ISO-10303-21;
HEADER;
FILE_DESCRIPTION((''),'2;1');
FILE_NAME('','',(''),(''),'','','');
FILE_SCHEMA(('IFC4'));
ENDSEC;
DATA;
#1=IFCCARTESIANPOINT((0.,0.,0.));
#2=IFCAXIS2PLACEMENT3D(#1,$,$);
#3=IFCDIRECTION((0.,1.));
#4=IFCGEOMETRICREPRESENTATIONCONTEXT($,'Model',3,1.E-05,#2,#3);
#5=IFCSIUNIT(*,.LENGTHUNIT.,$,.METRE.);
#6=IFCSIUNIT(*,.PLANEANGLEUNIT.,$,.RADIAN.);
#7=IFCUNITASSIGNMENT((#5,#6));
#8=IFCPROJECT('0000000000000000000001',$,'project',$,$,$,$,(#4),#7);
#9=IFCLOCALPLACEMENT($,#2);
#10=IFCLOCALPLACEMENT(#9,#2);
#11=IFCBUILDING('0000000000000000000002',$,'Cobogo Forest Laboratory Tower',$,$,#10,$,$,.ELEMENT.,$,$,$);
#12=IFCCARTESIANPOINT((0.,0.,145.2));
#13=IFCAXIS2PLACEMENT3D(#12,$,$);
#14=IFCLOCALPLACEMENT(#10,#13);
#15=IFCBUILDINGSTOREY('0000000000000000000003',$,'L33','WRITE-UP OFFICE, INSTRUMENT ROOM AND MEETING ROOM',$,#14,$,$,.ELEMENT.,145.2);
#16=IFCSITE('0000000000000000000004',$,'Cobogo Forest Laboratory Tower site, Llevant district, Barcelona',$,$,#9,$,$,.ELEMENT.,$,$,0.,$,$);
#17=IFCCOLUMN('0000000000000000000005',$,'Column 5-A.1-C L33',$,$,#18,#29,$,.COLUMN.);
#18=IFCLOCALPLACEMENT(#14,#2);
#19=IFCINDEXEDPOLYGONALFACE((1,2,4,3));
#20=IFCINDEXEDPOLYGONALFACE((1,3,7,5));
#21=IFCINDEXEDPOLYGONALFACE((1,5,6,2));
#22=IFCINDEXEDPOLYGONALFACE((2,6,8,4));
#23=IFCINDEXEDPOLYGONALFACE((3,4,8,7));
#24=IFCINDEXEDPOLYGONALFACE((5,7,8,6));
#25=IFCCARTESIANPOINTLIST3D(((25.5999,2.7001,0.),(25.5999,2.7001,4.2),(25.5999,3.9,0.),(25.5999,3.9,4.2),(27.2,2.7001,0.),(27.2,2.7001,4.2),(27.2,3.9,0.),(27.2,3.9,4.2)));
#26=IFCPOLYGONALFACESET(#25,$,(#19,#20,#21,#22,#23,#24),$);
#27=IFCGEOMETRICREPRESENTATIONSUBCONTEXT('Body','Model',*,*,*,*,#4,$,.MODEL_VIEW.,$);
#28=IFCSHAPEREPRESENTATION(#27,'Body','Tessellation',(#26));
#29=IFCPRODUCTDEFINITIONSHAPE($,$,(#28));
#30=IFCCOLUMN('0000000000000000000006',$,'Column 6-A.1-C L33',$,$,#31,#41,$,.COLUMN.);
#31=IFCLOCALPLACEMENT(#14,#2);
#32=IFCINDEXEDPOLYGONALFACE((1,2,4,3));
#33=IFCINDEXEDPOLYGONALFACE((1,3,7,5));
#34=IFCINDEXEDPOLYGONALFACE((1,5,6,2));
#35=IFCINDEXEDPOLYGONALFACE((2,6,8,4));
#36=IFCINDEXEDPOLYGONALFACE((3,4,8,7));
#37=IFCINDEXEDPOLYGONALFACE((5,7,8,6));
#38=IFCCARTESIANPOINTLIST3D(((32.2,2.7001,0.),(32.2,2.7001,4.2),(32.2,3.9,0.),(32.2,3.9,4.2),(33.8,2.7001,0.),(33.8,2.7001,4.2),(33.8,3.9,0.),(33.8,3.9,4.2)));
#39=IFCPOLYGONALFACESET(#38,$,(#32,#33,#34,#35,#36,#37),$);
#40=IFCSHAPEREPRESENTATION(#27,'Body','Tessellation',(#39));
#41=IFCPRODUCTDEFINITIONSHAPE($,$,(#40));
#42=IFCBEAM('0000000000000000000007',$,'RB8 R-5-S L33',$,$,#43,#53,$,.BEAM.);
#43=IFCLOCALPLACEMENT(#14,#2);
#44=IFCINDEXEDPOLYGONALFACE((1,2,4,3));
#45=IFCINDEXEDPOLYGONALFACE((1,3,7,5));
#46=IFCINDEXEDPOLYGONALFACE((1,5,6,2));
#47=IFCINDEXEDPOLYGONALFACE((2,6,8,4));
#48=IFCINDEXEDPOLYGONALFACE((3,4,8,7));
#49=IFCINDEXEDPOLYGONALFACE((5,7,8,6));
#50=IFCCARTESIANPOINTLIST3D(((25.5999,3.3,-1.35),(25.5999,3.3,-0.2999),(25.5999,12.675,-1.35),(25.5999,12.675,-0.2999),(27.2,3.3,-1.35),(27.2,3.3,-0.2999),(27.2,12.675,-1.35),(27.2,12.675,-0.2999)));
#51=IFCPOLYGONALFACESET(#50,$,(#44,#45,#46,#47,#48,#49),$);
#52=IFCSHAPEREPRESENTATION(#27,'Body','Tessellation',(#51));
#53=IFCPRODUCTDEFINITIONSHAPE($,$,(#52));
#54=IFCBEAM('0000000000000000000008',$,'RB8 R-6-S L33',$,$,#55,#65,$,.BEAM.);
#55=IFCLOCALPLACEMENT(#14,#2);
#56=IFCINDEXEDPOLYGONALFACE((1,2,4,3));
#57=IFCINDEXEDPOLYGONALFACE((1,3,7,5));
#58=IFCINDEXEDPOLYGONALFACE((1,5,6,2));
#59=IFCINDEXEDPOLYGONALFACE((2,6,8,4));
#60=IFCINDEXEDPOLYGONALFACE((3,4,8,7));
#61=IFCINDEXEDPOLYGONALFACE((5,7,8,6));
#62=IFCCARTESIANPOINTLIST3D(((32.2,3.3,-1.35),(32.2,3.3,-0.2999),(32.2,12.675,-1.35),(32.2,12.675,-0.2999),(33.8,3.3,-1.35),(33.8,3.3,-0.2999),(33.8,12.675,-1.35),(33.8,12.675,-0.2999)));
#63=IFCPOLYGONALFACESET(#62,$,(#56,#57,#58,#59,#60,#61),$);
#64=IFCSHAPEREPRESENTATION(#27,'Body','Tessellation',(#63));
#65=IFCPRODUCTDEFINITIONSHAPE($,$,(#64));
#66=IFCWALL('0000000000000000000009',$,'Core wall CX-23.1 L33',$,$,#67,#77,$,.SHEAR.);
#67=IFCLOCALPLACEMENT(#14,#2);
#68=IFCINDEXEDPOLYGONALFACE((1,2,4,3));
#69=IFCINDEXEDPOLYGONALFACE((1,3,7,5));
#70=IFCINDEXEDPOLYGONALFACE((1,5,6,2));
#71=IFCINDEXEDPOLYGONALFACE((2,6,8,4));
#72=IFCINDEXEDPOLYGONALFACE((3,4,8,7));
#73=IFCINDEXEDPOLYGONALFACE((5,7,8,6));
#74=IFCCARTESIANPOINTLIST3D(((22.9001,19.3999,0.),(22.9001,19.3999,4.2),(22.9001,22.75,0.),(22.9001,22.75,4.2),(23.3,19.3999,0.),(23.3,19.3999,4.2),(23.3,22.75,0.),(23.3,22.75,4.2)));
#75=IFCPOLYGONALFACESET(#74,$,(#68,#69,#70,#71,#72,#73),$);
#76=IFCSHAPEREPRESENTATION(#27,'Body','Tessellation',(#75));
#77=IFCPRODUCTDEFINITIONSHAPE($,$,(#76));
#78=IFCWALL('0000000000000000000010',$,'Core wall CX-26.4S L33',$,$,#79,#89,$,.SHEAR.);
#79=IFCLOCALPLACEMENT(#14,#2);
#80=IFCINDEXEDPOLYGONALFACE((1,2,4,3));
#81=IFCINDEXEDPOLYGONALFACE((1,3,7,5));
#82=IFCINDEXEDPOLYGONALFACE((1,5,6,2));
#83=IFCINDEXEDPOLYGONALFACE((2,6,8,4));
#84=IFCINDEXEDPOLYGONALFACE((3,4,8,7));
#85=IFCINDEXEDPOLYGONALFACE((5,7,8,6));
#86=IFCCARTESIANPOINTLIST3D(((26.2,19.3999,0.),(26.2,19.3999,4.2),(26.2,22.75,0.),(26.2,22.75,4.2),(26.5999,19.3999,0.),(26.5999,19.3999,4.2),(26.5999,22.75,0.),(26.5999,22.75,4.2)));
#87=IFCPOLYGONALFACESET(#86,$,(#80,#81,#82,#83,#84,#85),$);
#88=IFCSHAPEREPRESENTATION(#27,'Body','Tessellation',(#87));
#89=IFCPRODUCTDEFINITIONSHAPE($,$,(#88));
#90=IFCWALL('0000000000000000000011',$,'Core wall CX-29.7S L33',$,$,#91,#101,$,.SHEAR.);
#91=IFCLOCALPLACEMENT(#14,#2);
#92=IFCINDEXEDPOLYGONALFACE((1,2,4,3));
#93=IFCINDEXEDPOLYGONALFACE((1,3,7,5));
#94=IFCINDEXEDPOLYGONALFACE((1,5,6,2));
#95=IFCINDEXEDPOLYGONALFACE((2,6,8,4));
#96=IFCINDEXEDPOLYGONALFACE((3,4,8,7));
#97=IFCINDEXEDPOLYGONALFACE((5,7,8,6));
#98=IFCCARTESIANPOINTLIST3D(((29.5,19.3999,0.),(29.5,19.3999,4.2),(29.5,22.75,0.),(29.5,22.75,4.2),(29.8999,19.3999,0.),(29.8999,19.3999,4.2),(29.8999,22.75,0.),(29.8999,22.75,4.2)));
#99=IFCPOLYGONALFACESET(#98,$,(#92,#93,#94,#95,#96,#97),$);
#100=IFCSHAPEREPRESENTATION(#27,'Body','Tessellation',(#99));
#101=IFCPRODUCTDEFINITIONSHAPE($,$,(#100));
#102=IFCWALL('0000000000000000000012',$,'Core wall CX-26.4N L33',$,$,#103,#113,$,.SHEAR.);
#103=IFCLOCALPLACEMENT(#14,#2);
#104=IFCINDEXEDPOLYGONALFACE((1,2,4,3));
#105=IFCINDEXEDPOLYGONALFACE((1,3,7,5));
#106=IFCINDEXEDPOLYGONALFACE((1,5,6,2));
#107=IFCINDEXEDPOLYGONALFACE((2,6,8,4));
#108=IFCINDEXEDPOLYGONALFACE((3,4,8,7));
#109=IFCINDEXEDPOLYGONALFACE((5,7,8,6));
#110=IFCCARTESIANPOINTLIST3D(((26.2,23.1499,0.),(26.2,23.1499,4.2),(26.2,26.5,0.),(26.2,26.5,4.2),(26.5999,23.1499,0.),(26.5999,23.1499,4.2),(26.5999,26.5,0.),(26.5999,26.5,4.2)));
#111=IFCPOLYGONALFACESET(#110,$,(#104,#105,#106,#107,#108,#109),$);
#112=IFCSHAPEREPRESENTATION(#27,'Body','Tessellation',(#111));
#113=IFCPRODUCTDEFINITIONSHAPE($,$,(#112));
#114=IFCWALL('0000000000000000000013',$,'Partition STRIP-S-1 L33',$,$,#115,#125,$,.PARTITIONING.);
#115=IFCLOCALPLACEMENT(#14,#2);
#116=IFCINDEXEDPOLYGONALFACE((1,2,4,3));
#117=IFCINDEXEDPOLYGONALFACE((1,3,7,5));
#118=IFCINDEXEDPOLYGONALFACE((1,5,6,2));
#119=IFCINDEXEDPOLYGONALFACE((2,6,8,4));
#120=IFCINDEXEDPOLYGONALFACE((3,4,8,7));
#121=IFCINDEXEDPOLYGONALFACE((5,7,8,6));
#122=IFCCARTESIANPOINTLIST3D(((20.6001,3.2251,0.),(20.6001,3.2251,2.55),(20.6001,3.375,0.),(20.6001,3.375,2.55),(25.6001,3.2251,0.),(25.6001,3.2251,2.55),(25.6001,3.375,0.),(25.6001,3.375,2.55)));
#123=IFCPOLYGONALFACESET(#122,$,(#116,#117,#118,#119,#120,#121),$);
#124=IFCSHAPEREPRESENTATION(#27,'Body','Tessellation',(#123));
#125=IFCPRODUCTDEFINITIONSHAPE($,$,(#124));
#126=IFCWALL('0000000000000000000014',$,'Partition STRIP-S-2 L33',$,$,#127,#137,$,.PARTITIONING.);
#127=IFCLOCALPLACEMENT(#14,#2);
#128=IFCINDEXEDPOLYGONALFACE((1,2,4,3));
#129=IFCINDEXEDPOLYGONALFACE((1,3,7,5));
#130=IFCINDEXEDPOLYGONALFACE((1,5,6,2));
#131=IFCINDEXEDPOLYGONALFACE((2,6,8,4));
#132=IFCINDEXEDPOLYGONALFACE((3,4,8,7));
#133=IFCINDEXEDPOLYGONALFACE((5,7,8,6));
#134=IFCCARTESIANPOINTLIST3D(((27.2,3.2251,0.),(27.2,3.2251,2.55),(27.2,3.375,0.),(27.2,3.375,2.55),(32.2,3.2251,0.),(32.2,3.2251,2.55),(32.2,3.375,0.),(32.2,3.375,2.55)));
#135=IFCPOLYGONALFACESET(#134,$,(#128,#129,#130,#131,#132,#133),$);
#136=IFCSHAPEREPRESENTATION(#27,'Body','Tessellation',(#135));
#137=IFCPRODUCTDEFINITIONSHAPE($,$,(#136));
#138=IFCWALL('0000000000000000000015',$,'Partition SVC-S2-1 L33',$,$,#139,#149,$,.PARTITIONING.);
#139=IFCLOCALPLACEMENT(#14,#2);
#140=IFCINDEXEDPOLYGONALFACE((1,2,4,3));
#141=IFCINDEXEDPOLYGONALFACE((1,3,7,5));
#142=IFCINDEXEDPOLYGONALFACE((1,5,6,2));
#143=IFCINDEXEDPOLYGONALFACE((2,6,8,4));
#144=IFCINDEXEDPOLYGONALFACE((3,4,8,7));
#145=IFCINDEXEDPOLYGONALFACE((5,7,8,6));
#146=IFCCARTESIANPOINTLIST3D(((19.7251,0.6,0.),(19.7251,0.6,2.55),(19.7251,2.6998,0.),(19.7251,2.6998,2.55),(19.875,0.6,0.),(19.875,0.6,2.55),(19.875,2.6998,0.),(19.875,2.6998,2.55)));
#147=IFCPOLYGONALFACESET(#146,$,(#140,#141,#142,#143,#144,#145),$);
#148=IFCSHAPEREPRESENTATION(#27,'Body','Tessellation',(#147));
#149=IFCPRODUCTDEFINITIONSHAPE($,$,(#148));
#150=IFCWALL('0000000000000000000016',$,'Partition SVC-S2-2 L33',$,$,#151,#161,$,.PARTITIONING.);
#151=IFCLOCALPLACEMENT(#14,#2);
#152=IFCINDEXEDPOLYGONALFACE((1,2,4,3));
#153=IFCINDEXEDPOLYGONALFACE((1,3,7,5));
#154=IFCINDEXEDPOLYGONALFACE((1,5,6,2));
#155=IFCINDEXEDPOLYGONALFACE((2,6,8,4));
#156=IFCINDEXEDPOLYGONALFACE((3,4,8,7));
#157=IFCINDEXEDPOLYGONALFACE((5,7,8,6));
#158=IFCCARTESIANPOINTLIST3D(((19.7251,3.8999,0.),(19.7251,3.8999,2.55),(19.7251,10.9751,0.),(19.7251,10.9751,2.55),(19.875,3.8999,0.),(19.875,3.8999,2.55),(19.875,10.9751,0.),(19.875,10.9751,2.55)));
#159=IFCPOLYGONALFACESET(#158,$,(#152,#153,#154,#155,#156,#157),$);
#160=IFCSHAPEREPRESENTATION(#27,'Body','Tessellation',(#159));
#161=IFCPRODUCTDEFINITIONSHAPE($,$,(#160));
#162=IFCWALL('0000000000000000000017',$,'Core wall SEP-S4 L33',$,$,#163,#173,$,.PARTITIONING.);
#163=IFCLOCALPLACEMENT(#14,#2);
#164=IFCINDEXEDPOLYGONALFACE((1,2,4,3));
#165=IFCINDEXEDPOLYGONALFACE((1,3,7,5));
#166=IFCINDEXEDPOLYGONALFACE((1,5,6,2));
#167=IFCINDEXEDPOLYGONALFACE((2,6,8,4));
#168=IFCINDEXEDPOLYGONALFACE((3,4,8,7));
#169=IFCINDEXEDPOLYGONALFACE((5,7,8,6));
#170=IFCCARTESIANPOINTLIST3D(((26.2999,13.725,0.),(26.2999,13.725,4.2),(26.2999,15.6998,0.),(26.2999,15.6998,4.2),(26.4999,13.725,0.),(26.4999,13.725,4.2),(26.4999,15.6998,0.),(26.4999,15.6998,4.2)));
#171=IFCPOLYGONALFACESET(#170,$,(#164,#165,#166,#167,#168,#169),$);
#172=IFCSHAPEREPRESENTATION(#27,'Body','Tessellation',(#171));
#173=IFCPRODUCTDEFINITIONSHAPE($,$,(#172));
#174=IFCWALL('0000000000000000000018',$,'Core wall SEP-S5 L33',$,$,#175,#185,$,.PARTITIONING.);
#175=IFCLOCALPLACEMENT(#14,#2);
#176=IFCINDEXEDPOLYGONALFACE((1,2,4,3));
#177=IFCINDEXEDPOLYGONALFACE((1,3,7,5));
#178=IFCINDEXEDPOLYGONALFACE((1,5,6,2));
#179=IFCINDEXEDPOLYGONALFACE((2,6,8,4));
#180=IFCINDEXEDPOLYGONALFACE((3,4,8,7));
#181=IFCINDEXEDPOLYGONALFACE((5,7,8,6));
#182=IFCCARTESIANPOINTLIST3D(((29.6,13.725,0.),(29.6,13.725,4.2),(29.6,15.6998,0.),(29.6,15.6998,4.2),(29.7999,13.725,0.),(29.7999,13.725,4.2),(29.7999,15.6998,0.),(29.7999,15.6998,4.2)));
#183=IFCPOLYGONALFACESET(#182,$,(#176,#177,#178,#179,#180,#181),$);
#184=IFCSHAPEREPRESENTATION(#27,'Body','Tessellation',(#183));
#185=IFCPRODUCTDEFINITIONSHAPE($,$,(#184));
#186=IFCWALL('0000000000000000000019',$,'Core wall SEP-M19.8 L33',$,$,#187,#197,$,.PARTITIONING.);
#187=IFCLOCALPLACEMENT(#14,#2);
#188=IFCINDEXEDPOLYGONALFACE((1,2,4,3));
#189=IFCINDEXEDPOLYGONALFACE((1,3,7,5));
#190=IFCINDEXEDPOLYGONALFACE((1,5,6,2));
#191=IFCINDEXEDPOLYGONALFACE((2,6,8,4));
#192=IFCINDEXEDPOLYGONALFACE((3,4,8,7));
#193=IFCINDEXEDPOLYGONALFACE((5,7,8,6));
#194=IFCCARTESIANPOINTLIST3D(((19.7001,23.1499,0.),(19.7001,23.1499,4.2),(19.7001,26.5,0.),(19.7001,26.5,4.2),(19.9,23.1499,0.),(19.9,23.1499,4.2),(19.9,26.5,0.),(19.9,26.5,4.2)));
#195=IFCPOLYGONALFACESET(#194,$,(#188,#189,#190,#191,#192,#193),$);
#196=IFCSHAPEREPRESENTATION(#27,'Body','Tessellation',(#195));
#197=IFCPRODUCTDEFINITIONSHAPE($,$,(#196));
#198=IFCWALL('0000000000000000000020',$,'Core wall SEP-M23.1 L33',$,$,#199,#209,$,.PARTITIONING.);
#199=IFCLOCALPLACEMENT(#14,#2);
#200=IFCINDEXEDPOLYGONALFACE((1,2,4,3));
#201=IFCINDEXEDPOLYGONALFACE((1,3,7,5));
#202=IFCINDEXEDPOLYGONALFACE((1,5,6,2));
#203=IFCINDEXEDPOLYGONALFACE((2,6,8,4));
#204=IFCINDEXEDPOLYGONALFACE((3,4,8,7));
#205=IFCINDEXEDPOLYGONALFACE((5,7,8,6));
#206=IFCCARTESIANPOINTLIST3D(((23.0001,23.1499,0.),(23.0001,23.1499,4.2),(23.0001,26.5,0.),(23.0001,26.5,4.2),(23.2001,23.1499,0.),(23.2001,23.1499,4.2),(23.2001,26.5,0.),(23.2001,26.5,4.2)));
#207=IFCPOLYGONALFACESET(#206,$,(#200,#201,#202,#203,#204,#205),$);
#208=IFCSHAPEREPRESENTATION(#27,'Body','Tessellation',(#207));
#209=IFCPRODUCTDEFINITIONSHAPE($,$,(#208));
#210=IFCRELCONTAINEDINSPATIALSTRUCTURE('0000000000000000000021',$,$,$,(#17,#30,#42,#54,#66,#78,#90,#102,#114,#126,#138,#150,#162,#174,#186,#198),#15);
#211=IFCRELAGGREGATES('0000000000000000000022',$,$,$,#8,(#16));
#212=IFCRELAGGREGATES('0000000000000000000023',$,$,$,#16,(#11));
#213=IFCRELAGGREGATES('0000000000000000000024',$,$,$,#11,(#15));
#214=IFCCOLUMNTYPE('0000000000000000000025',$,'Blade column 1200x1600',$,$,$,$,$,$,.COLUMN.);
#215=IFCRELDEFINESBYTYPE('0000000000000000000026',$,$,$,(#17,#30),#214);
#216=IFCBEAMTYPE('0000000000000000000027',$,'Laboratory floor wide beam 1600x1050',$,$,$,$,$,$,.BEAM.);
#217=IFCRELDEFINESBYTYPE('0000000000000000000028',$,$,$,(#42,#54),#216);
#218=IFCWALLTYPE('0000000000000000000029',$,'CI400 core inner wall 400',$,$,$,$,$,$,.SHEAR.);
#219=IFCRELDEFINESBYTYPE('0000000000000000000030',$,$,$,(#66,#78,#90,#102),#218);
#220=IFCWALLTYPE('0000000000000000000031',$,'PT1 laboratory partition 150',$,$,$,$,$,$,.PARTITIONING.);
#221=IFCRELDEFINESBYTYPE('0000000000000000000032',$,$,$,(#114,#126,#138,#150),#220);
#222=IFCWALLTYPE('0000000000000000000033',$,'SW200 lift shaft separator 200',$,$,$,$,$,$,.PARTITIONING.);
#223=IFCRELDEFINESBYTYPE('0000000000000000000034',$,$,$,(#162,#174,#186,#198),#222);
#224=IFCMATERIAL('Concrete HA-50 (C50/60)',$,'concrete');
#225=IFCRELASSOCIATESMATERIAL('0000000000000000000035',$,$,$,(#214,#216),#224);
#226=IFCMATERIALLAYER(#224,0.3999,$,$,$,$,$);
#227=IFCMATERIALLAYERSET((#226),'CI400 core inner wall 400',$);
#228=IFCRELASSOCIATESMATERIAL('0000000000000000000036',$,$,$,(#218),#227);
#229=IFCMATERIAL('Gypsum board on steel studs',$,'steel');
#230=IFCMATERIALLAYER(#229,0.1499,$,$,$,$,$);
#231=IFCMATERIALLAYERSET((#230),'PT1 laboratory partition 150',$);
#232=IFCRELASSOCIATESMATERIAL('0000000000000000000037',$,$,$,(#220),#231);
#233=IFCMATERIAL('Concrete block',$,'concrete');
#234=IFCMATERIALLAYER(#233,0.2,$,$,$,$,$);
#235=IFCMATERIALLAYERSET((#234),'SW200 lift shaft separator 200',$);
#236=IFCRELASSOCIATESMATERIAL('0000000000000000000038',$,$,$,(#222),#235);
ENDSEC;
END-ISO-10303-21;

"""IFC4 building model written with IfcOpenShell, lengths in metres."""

from ifc_helpers import new_model, si_unit, direction, frame, frame_2d, origin, origin_2d, place, context, subcontext, project, spatial, rectangle, extrude, material, layer, layer_set, material_profile, profile_set, type_object, element, save


model = new_model("IFC4")

# Units and contexts
model_context = context("Model", 3, precision=1e-05, world=origin(), true_north=direction((0.0, 1.0)))
body_context = subcontext(model_context, "Body", "Model", "MODEL_VIEW")
ifc_project = project(units=[si_unit("LENGTHUNIT", "METRE"), si_unit("PLANEANGLEUNIT", "RADIAN")], contexts=[model_context])

# Site, building, storey
site_placement = place(None, origin())
site = spatial("IfcSite", under=ifc_project, at=site_placement, Name="Cobogo Forest Laboratory Tower site, Llevant district, Barcelona", CompositionType="ELEMENT", RefElevation=0.0)
building_placement = place(site_placement, origin())
building = spatial("IfcBuilding", under=site, at=building_placement, Name="Cobogo Forest Laboratory Tower", CompositionType="ELEMENT")
storey_placement = place(building_placement, frame((0.0, 0.0, 145.2)))
storey = spatial("IfcBuildingStorey", under=building, at=storey_placement, Name="L33", Description="WRITE-UP OFFICE, INSTRUMENT ROOM AND MEETING ROOM", CompositionType="ELEMENT", Elevation=145.2)

# Columns
ifc_material_1 = material(Name="Concrete HA-50 (C50/60)", Category="concrete")
ifc_material_profile_1 = material_profile(ifc_material_1, rectangle(XDim=1.6001, YDim=1.2, at=origin_2d()), Name="RC 1200x1600")
ifc_profile_set_1 = profile_set([ifc_material_profile_1], Name="Concrete HA-50 (C50/60)")
column_type = type_object("IfcColumnType", Name="Blade column 1200x1600", PredefinedType="COLUMN", material=ifc_profile_set_1)
for number, where, z_axis, x_axis, name in (
    (1, (26.3999, 3.3, 0.0), (0.0, 0.0, 1.0), (1.0, 0.0, 0.0), "Column 5-A.1-C L33"),
    (2, (33.0, 3.3, 0.0), (0.0, 0.0, 1.0), (1.0, 0.0, 0.0), "Column 6-A.1-C L33"),
):
    element("IfcColumn", number, at=place(storey_placement, frame(where, z_axis=z_axis, x_axis=x_axis)), inside=storey, type_object=column_type, Name=name, PredefinedType="COLUMN", context=body_context, shape_type="SweptSolid", body=[
        extrude(rectangle(XDim=1.6001, YDim=1.2, at=origin_2d()), origin(), (0.0, 0.0, 1.0), 4.2),
    ])

# Beams
ifc_material_profile_2 = material_profile(ifc_material_1, rectangle(XDim=1.6001, YDim=1.05, at=origin_2d()), Name="RC 1600x1050")
ifc_profile_set_2 = profile_set([ifc_material_profile_2], Name="Concrete HA-50 (C50/60)")
beam_type = type_object("IfcBeamType", Name="Laboratory floor wide beam 1600x1050", PredefinedType="BEAM", material=ifc_profile_set_2)
for number, where, z_axis, x_axis, name in (
    (3, (26.3999, 12.675, -0.825), (0.0, -1.0, 0.0), (1.0, 0.0, 0.0), "RB8 R-5-S L33"),
    (4, (33.0, 12.675, -0.825), (0.0, -1.0, 0.0), (1.0, 0.0, 0.0), "RB8 R-6-S L33"),
):
    element("IfcBeam", number, at=place(storey_placement, frame(where, z_axis=z_axis, x_axis=x_axis)), inside=storey, type_object=beam_type, Name=name, PredefinedType="BEAM", context=body_context, shape_type="SweptSolid", body=[
        extrude(rectangle(XDim=1.6001, YDim=1.05, at=origin_2d()), origin(), (0.0, 0.0, 1.0), 9.375),
    ])

# Walls
ifc_layer_1 = layer(ifc_material_1, 0.3999)
ifc_layer_set_1 = layer_set([ifc_layer_1], Name="CI400 core inner wall 400")
wall_type_1 = type_object("IfcWallType", Name="CI400 core inner wall 400", PredefinedType="SHEAR", material=ifc_layer_set_1)
for number, where, z_axis, x_axis, name in (
    (5, (23.1001, 19.3999, 0.0), (0.0, 0.0, 1.0), (0.0, 1.0, 0.0), "Core wall CX-23.1 L33"),
    (6, (26.3999, 19.3999, 0.0), (0.0, 0.0, 1.0), (0.0, 1.0, 0.0), "Core wall CX-26.4S L33"),
    (7, (29.7, 19.3999, 0.0), (0.0, 0.0, 1.0), (0.0, 1.0, 0.0), "Core wall CX-29.7S L33"),
    (8, (26.3999, 23.1499, 0.0), (0.0, 0.0, 1.0), (0.0, 1.0, 0.0), "Core wall CX-26.4N L33"),
):
    element("IfcWall", number, at=place(storey_placement, frame(where, z_axis=z_axis, x_axis=x_axis)), inside=storey, type_object=wall_type_1, Name=name, PredefinedType="SHEAR", context=body_context, shape_type="SweptSolid", body=[
        extrude(rectangle(XDim=3.3501, YDim=0.3999, at=frame_2d((1.675, 0.0))), origin(), (0.0, 0.0, 1.0), 4.2),
    ])
ifc_material_2 = material(Name="Gypsum board on steel studs", Category="steel")
ifc_layer_2 = layer(ifc_material_2, 0.1499)
ifc_layer_set_2 = layer_set([ifc_layer_2], Name="PT1 laboratory partition 150")
wall_type_2 = type_object("IfcWallType", Name="PT1 laboratory partition 150", PredefinedType="PARTITIONING", material=ifc_layer_set_2)
for number, where, z_axis, x_axis, name in (
    (9, (20.6001, 3.3, 0.0), (0.0, 0.0, 1.0), (1.0, 0.0, 0.0), "Partition STRIP-S-1 L33"),
    (10, (27.2, 3.3, 0.0), (0.0, 0.0, 1.0), (1.0, 0.0, 0.0), "Partition STRIP-S-2 L33"),
):
    element("IfcWall", number, at=place(storey_placement, frame(where, z_axis=z_axis, x_axis=x_axis)), inside=storey, type_object=wall_type_2, Name=name, PredefinedType="PARTITIONING", context=body_context, shape_type="SweptSolid", body=[
        extrude(rectangle(XDim=5.0, YDim=0.1499, at=frame_2d((2.5, 0.0))), origin(), (0.0, 0.0, 1.0), 2.55),
    ])
wall_1_placement = place(storey_placement, frame((19.8, 0.6001, 0.0), z_axis=(0.0, 0.0, 1.0), x_axis=(0.0, 1.0, 0.0)))
element("IfcWall", 11, at=wall_1_placement, inside=storey, type_object=wall_type_2, Name="Partition SVC-S2-1 L33", PredefinedType="PARTITIONING", context=body_context, shape_type="SweptSolid", body=[
    extrude(rectangle(XDim=2.0999, YDim=0.1499, at=frame_2d((1.0498, 0.0))), origin(), (0.0, 0.0, 1.0), 2.55),
])
wall_2_placement = place(storey_placement, frame((19.8, 3.8999, 0.0), z_axis=(0.0, 0.0, 1.0), x_axis=(0.0, 1.0, 0.0)))
element("IfcWall", 12, at=wall_2_placement, inside=storey, type_object=wall_type_2, Name="Partition SVC-S2-2 L33", PredefinedType="PARTITIONING", context=body_context, shape_type="SweptSolid", body=[
    extrude(rectangle(XDim=7.0752, YDim=0.1499, at=frame_2d((3.5376, 0.0))), origin(), (0.0, 0.0, 1.0), 2.55),
])
ifc_material_3 = material(Name="Concrete block", Category="concrete")
ifc_layer_3 = layer(ifc_material_3, 0.2)
ifc_layer_set_3 = layer_set([ifc_layer_3], Name="SW200 lift shaft separator 200")
wall_type_3 = type_object("IfcWallType", Name="SW200 lift shaft separator 200", PredefinedType="PARTITIONING", material=ifc_layer_set_3)
for number, where, z_axis, x_axis, name in (
    (13, (26.3999, 13.7251, 0.0), (0.0, 0.0, 1.0), (0.0, 1.0, 0.0), "Core wall SEP-S4 L33"),
    (14, (29.7, 13.7251, 0.0), (0.0, 0.0, 1.0), (0.0, 1.0, 0.0), "Core wall SEP-S5 L33"),
):
    element("IfcWall", number, at=place(storey_placement, frame(where, z_axis=z_axis, x_axis=x_axis)), inside=storey, type_object=wall_type_3, Name=name, PredefinedType="PARTITIONING", context=body_context, shape_type="SweptSolid", body=[
        extrude(rectangle(XDim=1.9749, YDim=0.2, at=frame_2d((0.9873, 0.0))), origin(), (0.0, 0.0, 1.0), 4.2),
    ])
for number, where, z_axis, x_axis, name in (
    (15, (19.8, 23.1499, 0.0), (0.0, 0.0, 1.0), (0.0, 1.0, 0.0), "Core wall SEP-M19.8 L33"),
    (16, (23.1001, 23.1499, 0.0), (0.0, 0.0, 1.0), (0.0, 1.0, 0.0), "Core wall SEP-M23.1 L33"),
):
    element("IfcWall", number, at=place(storey_placement, frame(where, z_axis=z_axis, x_axis=x_axis)), inside=storey, type_object=wall_type_3, Name=name, PredefinedType="PARTITIONING", context=body_context, shape_type="SweptSolid", body=[
        extrude(rectangle(XDim=3.3501, YDim=0.2, at=frame_2d((1.675, 0.0))), origin(), (0.0, 0.0, 1.0), 4.2),
    ])

save(model, "model.ifc")
